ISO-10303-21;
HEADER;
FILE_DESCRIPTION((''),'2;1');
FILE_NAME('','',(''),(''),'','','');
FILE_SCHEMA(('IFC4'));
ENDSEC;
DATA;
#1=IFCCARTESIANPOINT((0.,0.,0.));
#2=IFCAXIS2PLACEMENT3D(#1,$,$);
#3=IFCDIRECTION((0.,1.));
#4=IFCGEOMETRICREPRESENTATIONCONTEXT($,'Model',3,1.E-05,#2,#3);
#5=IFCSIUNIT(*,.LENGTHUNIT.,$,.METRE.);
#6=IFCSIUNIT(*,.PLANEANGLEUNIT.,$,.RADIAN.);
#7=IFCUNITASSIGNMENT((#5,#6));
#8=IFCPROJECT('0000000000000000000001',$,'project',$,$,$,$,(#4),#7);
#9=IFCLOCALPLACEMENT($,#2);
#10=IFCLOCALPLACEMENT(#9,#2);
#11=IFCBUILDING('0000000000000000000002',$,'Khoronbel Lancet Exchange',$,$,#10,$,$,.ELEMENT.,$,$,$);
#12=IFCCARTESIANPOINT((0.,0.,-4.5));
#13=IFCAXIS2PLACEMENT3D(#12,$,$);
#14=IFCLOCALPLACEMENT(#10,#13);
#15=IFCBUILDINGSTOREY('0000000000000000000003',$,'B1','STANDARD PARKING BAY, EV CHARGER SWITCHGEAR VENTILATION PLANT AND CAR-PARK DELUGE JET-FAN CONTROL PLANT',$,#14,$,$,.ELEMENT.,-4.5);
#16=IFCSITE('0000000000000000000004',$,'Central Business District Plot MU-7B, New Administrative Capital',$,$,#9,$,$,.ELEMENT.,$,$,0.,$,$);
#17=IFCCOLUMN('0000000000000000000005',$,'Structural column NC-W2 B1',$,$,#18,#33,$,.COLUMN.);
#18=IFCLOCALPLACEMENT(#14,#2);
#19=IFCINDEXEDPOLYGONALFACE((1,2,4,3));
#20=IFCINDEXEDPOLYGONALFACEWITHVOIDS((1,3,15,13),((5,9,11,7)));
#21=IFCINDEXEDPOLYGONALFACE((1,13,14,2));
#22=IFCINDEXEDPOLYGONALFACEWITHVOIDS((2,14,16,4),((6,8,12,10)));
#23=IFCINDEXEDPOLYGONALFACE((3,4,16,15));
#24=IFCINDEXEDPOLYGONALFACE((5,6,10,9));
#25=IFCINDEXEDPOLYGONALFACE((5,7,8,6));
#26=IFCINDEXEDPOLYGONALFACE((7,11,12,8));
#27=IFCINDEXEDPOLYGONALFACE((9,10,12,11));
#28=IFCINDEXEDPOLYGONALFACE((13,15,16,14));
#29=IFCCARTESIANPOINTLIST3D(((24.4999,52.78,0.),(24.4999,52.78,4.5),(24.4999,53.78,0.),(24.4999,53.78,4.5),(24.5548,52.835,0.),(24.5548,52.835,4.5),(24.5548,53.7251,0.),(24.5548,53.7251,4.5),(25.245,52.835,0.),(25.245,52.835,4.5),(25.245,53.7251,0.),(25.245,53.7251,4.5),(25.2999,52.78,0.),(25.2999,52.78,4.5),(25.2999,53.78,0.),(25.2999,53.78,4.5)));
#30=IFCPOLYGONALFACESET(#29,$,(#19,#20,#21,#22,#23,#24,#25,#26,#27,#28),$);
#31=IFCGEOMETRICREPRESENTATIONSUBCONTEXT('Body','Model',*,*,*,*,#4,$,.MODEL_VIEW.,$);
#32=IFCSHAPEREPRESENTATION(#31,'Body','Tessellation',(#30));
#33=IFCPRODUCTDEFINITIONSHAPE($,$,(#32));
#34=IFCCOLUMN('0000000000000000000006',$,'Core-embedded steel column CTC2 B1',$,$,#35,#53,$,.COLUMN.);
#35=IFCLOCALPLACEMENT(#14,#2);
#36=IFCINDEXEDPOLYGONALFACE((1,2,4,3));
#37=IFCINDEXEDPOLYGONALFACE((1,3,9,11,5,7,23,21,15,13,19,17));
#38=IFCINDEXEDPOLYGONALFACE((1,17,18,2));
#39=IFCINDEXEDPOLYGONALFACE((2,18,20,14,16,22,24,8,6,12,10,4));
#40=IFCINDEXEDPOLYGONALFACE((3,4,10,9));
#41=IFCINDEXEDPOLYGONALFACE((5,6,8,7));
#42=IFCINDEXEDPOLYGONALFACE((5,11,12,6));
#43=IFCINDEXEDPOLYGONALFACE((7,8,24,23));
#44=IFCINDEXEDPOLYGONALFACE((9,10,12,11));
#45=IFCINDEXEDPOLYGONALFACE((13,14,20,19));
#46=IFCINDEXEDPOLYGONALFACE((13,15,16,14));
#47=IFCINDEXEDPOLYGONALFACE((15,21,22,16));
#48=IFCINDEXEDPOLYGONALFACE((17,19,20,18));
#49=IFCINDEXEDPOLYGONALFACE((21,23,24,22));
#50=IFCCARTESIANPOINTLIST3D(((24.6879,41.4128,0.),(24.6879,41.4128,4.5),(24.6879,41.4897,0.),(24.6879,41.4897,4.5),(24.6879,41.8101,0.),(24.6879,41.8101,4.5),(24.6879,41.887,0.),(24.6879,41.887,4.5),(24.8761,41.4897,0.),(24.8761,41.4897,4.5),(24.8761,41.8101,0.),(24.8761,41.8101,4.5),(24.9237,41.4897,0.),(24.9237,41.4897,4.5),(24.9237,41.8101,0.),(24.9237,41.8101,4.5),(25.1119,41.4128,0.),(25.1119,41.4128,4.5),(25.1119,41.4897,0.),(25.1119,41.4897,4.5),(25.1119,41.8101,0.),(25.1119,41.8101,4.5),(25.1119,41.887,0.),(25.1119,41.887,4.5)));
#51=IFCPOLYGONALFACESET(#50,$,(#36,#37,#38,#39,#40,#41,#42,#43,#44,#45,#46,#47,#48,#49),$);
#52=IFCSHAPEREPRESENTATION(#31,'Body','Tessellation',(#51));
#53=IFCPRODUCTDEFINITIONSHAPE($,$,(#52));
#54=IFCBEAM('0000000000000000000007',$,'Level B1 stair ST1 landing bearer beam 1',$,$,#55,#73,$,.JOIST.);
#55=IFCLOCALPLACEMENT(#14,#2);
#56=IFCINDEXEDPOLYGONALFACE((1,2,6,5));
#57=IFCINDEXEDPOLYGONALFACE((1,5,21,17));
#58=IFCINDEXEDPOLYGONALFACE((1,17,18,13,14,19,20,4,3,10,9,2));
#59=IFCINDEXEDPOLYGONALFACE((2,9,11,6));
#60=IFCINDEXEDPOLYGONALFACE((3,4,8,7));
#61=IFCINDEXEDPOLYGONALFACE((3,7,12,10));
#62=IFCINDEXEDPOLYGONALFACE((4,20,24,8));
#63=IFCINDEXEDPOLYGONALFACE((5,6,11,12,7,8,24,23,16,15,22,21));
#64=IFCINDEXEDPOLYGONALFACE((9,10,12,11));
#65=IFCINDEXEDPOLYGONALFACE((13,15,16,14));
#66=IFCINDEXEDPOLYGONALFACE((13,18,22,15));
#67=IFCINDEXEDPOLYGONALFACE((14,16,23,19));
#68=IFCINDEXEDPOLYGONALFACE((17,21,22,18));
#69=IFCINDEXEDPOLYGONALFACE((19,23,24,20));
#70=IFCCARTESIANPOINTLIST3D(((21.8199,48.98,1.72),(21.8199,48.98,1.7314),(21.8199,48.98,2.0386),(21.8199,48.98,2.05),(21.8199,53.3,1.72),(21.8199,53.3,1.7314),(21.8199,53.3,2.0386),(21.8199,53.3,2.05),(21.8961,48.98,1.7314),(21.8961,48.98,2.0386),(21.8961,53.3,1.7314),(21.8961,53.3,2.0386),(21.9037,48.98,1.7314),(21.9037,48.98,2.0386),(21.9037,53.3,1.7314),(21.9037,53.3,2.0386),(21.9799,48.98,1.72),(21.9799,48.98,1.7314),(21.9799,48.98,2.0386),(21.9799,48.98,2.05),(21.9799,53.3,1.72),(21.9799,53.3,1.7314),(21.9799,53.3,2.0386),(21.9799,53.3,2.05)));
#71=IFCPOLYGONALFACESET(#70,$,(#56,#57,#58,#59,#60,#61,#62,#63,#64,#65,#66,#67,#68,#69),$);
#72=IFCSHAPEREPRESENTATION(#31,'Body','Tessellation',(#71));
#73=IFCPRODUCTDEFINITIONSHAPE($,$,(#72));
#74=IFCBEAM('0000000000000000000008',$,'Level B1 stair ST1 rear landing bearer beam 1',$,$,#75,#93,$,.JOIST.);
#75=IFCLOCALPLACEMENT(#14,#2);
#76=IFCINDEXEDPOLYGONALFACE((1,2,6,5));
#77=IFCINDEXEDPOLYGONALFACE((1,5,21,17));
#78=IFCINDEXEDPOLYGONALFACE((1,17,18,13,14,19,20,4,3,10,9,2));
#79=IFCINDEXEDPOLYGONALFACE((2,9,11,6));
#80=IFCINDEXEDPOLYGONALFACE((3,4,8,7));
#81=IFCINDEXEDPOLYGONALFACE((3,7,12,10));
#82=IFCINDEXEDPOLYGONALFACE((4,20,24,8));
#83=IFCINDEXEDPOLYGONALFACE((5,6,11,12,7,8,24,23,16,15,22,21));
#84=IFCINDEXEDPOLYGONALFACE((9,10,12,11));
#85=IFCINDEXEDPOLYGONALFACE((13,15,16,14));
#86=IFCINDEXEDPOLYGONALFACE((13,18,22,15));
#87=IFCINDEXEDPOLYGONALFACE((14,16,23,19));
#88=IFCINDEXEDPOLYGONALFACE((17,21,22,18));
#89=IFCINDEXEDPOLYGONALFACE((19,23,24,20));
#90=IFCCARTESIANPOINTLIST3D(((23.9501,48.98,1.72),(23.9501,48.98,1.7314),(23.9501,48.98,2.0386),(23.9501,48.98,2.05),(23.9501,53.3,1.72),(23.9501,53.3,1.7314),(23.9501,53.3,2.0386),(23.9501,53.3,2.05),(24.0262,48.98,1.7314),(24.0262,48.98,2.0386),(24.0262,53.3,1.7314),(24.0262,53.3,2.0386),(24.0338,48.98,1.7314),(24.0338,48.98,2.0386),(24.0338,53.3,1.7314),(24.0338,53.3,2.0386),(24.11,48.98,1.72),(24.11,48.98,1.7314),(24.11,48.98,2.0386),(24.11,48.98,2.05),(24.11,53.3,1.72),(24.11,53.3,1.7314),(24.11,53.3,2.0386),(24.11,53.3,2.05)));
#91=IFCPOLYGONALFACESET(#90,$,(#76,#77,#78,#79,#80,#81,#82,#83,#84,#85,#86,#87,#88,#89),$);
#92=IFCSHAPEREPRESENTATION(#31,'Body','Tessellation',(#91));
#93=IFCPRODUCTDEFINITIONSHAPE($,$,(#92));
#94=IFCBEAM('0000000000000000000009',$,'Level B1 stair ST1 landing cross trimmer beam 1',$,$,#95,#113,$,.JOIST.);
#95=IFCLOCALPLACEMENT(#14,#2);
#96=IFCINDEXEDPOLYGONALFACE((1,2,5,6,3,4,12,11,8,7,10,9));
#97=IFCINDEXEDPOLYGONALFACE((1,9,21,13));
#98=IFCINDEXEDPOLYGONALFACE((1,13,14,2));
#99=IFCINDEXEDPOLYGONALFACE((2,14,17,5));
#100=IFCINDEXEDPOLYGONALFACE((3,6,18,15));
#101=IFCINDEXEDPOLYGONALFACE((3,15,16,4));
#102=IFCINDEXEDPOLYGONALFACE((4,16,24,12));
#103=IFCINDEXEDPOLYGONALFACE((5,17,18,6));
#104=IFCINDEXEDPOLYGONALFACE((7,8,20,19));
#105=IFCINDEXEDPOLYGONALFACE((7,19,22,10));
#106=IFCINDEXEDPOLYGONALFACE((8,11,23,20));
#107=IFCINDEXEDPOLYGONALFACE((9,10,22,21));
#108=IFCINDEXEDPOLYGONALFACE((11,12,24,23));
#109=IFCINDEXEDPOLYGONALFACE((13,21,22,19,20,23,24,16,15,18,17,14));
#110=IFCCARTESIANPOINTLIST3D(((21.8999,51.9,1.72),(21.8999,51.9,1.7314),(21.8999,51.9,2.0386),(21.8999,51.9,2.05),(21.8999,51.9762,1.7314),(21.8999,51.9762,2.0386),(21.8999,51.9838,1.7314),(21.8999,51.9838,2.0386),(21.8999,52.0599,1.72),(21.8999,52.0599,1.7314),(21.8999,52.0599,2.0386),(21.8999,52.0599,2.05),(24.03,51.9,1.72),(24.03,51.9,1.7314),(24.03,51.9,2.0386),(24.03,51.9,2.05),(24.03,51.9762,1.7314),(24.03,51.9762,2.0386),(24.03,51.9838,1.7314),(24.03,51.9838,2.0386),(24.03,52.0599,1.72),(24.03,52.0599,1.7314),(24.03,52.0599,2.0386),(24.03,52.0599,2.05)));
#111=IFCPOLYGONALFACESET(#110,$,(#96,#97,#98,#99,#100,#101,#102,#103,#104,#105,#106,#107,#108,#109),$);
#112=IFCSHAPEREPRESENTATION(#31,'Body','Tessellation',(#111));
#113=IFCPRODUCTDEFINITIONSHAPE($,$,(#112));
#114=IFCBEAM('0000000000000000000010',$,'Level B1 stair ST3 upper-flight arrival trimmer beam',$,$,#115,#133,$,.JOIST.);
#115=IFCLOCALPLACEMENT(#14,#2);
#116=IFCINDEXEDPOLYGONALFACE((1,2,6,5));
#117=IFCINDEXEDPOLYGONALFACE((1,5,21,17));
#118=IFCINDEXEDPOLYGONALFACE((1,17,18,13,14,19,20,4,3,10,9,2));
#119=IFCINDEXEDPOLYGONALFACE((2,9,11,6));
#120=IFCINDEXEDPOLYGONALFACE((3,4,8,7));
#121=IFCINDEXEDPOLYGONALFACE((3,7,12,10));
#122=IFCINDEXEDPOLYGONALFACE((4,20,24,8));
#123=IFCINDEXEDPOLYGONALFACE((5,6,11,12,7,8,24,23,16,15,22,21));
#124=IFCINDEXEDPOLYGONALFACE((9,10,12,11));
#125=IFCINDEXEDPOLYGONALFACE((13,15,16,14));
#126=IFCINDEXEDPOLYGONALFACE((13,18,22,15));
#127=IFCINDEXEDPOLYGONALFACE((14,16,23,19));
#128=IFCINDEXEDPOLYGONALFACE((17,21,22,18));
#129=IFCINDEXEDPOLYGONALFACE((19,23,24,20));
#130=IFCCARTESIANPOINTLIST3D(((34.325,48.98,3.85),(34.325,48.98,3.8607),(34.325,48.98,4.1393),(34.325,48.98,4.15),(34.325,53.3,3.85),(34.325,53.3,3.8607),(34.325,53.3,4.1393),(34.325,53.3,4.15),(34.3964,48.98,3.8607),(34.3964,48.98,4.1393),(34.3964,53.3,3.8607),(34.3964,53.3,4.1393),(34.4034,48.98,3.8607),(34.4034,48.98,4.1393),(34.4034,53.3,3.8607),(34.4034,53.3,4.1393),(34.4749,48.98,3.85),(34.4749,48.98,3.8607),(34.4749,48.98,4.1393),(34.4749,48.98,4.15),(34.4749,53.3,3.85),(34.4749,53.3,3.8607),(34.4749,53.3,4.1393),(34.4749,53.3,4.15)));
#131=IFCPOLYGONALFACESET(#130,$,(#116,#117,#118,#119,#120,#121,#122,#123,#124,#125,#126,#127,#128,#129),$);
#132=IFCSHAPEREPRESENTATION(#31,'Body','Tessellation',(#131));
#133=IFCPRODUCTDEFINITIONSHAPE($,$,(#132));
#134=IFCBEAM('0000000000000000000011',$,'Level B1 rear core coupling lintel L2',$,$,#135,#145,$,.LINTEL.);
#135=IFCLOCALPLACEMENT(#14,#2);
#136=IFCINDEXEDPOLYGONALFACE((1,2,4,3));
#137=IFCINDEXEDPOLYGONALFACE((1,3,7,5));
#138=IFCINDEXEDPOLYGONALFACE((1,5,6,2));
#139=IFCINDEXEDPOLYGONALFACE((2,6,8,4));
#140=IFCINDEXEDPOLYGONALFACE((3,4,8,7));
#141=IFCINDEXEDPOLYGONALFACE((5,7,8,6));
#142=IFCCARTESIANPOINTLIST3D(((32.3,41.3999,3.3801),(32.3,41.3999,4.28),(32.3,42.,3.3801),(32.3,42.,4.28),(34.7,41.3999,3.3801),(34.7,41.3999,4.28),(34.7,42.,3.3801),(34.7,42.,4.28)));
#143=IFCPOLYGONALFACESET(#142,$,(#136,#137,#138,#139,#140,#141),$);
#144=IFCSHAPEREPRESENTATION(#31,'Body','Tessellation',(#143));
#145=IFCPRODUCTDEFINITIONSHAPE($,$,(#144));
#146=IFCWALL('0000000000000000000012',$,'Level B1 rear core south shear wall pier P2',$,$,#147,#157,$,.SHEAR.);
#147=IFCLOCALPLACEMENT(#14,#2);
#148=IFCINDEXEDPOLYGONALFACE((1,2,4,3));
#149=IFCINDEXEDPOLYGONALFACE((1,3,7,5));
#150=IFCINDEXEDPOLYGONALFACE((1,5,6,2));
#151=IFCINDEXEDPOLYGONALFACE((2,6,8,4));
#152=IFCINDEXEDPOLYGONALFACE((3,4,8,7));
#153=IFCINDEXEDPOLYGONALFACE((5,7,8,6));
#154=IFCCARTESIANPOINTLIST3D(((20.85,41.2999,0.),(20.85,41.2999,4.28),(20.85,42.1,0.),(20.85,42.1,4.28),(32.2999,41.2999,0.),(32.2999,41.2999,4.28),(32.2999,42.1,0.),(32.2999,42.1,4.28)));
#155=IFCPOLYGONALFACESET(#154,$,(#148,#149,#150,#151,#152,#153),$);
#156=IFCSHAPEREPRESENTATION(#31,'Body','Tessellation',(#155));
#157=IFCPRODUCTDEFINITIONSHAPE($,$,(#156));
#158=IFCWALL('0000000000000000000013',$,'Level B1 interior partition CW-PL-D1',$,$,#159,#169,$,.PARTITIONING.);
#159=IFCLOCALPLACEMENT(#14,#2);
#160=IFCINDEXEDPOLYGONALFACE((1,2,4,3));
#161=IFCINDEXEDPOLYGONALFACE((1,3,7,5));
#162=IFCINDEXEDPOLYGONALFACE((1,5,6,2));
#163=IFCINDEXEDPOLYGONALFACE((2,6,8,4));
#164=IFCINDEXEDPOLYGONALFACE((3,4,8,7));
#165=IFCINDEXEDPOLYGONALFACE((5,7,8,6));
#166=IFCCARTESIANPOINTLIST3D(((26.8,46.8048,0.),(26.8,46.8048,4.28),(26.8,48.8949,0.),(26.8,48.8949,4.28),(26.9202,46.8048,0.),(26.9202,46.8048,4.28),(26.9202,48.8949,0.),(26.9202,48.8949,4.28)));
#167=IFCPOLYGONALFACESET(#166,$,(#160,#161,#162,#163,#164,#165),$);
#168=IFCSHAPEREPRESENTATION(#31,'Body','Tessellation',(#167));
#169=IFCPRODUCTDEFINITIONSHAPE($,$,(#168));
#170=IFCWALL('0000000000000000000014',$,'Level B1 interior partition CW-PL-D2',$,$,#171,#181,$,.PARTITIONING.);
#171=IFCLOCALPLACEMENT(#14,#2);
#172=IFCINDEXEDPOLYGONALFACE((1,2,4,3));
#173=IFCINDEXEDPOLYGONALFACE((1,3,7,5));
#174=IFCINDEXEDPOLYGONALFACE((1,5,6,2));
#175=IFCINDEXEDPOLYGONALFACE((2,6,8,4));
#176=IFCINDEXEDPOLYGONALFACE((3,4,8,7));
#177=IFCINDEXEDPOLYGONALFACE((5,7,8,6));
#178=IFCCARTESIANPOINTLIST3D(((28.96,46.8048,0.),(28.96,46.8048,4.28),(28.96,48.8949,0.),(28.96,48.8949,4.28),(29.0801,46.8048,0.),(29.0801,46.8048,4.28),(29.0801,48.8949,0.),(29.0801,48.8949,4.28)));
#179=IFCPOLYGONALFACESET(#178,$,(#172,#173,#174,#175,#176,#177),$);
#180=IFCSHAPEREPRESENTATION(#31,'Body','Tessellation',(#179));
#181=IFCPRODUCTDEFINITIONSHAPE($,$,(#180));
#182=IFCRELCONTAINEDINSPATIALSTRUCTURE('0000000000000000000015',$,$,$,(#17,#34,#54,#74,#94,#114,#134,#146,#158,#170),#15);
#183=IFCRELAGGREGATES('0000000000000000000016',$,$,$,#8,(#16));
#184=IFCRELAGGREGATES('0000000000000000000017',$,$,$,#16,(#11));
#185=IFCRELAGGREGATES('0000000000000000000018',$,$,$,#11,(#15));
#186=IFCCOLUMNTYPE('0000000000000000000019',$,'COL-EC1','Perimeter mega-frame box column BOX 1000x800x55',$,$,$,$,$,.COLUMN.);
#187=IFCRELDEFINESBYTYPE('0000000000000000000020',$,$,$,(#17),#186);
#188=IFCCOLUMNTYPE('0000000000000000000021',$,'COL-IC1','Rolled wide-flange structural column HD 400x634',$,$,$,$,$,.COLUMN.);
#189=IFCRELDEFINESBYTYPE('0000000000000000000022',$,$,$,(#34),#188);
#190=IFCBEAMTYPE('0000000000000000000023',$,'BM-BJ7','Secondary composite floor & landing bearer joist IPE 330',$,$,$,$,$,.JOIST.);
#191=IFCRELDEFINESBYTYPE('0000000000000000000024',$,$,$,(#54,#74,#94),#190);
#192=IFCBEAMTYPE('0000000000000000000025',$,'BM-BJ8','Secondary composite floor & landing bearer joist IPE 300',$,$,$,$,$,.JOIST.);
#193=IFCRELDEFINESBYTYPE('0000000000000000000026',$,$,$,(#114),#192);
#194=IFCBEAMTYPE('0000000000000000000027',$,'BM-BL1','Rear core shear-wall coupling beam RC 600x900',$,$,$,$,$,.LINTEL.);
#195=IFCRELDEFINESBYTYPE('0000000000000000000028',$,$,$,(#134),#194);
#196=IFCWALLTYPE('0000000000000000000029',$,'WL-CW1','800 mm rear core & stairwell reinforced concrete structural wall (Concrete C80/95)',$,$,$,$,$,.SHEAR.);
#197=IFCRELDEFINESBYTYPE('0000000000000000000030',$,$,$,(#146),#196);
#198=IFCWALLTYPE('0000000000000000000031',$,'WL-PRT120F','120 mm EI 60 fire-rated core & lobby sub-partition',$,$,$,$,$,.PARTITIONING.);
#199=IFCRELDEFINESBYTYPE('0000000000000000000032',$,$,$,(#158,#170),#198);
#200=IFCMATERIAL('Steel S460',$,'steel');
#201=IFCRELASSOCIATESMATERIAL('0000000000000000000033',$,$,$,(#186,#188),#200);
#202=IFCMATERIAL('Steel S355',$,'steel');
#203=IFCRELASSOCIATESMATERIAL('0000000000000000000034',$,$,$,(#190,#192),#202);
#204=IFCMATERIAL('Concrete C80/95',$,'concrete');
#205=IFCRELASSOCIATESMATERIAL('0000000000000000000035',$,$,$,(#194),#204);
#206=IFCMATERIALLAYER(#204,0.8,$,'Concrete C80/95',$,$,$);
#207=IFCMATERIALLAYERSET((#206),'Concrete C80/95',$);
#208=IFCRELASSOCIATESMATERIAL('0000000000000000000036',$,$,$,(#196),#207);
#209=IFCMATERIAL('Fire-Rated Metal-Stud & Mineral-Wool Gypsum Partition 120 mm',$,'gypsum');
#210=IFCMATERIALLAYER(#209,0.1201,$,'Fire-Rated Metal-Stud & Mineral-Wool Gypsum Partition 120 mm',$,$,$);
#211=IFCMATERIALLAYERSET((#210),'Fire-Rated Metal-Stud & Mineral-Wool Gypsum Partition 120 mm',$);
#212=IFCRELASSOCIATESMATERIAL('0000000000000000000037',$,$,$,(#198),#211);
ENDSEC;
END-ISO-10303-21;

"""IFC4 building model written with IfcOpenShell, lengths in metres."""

from ifc_helpers import new_model, si_unit, direction, frame, frame_2d, origin, origin_2d, place, context, subcontext, project, spatial, rectangle, hollow_rectangle, i_section, extrude, material, layer, layer_set, material_profile, profile_set, type_object, element, save


model = new_model("IFC4")

# Units and contexts
model_context = context("Model", 3, precision=1e-05, world=origin(), true_north=direction((0.0, 1.0)))
body_context = subcontext(model_context, "Body", "Model", "MODEL_VIEW")
ifc_project = project(units=[si_unit("LENGTHUNIT", "METRE"), si_unit("PLANEANGLEUNIT", "RADIAN")], contexts=[model_context])

# Site, building, storey
site_placement = place(None, origin())
site = spatial("IfcSite", under=ifc_project, at=site_placement, Name="Central Business District Plot MU-7B, New Administrative Capital", CompositionType="ELEMENT", RefElevation=0.0)
building_placement = place(site_placement, origin())
building = spatial("IfcBuilding", under=site, at=building_placement, Name="Khoronbel Lancet Exchange", CompositionType="ELEMENT")
storey_placement = place(building_placement, frame((0.0, 0.0, -4.5)))
storey = spatial("IfcBuildingStorey", under=building, at=storey_placement, Name="B1", Description="STANDARD PARKING BAY, EV CHARGER SWITCHGEAR VENTILATION PLANT AND CAR-PARK DELUGE JET-FAN CONTROL PLANT", CompositionType="ELEMENT", Elevation=-4.5)

# Columns
ifc_material_1 = material(Name="Steel S460", Category="steel")
ifc_material_profile_1 = material_profile(ifc_material_1, hollow_rectangle(XDim=0.8, YDim=1.0, WallThickness=0.0549, at=origin_2d()), Name="BOX 1000x800x55")
ifc_profile_set_1 = profile_set([ifc_material_profile_1], Name="Steel S460")
column_type_1 = type_object("IfcColumnType", Name="COL-EC1", Description="Perimeter mega-frame box column BOX 1000x800x55", PredefinedType="COLUMN", material=ifc_profile_set_1)
column_1_placement = place(storey_placement, frame((24.8999, 53.28, 0.0), z_axis=(0.0, 0.0, 1.0), x_axis=(1.0, 0.0, 0.0)))
element("IfcColumn", 1, at=column_1_placement, inside=storey, type_object=column_type_1, Name="Structural column NC-W2 B1", PredefinedType="COLUMN", context=body_context, shape_type="SweptSolid", body=[
    extrude(hollow_rectangle(XDim=0.8, YDim=1.0, WallThickness=0.0549, at=origin_2d()), origin(), (0.0, 0.0, 1.0), 4.5),
])
ifc_material_profile_2 = material_profile(ifc_material_1, i_section(OverallWidth=0.4241, OverallDepth=0.4741, WebThickness=0.0476, FlangeThickness=0.0769, at=origin_2d()), Name="HD 400x634")
ifc_profile_set_2 = profile_set([ifc_material_profile_2], Name="Steel S460")
column_type_2 = type_object("IfcColumnType", Name="COL-IC1", Description="Rolled wide-flange structural column HD 400x634", PredefinedType="COLUMN", material=ifc_profile_set_2)
column_2_placement = place(storey_placement, frame((24.8999, 41.6499, 0.0), z_axis=(0.0, 0.0, 1.0), x_axis=(1.0, 0.0, 0.0)))
element("IfcColumn", 2, at=column_2_placement, inside=storey, type_object=column_type_2, Name="Core-embedded steel column CTC2 B1", PredefinedType="COLUMN", context=body_context, shape_type="SweptSolid", body=[
    extrude(i_section(OverallWidth=0.4241, OverallDepth=0.4741, WebThickness=0.0476, FlangeThickness=0.0769, at=origin_2d()), origin(), (0.0, 0.0, 1.0), 4.5),
])

# Beams
ifc_material_2 = material(Name="Steel S355", Category="steel")
ifc_material_profile_3 = material_profile(ifc_material_2, i_section(OverallWidth=0.1599, OverallDepth=0.3301, WebThickness=0.0076, FlangeThickness=0.0115, at=origin_2d()), Name="IPE 330")
ifc_profile_set_3 = profile_set([ifc_material_profile_3], Name="Steel S355")
beam_type_1 = type_object("IfcBeamType", Name="BM-BJ7", Description="Secondary composite floor & landing bearer joist IPE 330", PredefinedType="JOIST", material=ifc_profile_set_3)
for number, where, z_axis, x_axis, name in (
    (3, (21.8999, 48.98, 1.885), (0.0, 1.0, 0.0), (-1.0, 0.0, 0.0), "Level B1 stair ST1 landing bearer beam 1"),
    (4, (24.03, 48.98, 1.885), (0.0, 1.0, 0.0), (-1.0, 0.0, 0.0), "Level B1 stair ST1 rear landing bearer beam 1"),
):
    element("IfcBeam", number, at=place(storey_placement, frame(where, z_axis=z_axis, x_axis=x_axis)), inside=storey, type_object=beam_type_1, Name=name, PredefinedType="JOIST", context=body_context, shape_type="SweptSolid", body=[
        extrude(i_section(OverallWidth=0.1599, OverallDepth=0.3301, WebThickness=0.0076, FlangeThickness=0.0115, at=origin_2d()), origin(), (0.0, 0.0, 1.0), 4.3201),
    ])
beam_1_placement = place(storey_placement, frame((21.8999, 51.98, 1.885), z_axis=(1.0, 0.0, 0.0), x_axis=(0.0, 1.0, 0.0)))
element("IfcBeam", 5, at=beam_1_placement, inside=storey, type_object=beam_type_1, Name="Level B1 stair ST1 landing cross trimmer beam 1", PredefinedType="JOIST", context=body_context, shape_type="SweptSolid", body=[
    extrude(i_section(OverallWidth=0.1599, OverallDepth=0.3301, WebThickness=0.0076, FlangeThickness=0.0115, at=origin_2d()), origin(), (0.0, 0.0, 1.0), 2.1301),
])
ifc_material_profile_4 = material_profile(ifc_material_2, i_section(OverallWidth=0.1499, OverallDepth=0.3, WebThickness=0.0071, FlangeThickness=0.0107, at=origin_2d()), Name="IPE 300")
ifc_profile_set_4 = profile_set([ifc_material_profile_4], Name="Steel S355")
beam_type_2 = type_object("IfcBeamType", Name="BM-BJ8", Description="Secondary composite floor & landing bearer joist IPE 300", PredefinedType="JOIST", material=ifc_profile_set_4)
beam_2_placement = place(storey_placement, frame((34.3999, 48.98, 4.0), z_axis=(0.0, 1.0, 0.0), x_axis=(-1.0, 0.0, 0.0)))
element("IfcBeam", 6, at=beam_2_placement, inside=storey, type_object=beam_type_2, Name="Level B1 stair ST3 upper-flight arrival trimmer beam", PredefinedType="JOIST", context=body_context, shape_type="SweptSolid", body=[
    extrude(i_section(OverallWidth=0.1499, OverallDepth=0.3, WebThickness=0.0071, FlangeThickness=0.0107, at=origin_2d()), origin(), (0.0, 0.0, 1.0), 4.3201),
])
ifc_material_3 = material(Name="Concrete C80/95", Category="concrete")
ifc_material_profile_5 = material_profile(ifc_material_3, rectangle(XDim=0.6001, YDim=0.8999, at=origin_2d()), Name="RC 600x900")
ifc_profile_set_5 = profile_set([ifc_material_profile_5], Name="Concrete C80/95")
beam_type_3 = type_object("IfcBeamType", Name="BM-BL1", Description="Rear core shear-wall coupling beam RC 600x900", PredefinedType="LINTEL", material=ifc_profile_set_5)
beam_3_placement = place(storey_placement, frame((32.3, 41.7, 3.8301), z_axis=(1.0, 0.0, 0.0), x_axis=(0.0, 1.0, 0.0)))
element("IfcBeam", 7, at=beam_3_placement, inside=storey, type_object=beam_type_3, Name="Level B1 rear core coupling lintel L2", PredefinedType="LINTEL", context=body_context, shape_type="SweptSolid", body=[
    extrude(rectangle(XDim=0.6001, YDim=0.8999, at=origin_2d()), origin(), (0.0, 0.0, 1.0), 2.3999),
])

# Walls
ifc_layer_1 = layer(ifc_material_3, 0.8, Name="Concrete C80/95")
ifc_layer_set_1 = layer_set([ifc_layer_1], Name="Concrete C80/95")
wall_type_1 = type_object("IfcWallType", Name="WL-CW1", Description="800 mm rear core & stairwell reinforced concrete structural wall (Concrete C80/95)", PredefinedType="SHEAR", material=ifc_layer_set_1)
wall_1_placement = place(storey_placement, frame((32.3, 41.7, 0.0), z_axis=(0.0, 0.0, 1.0), x_axis=(-1.0, 0.0, 0.0)))
element("IfcWall", 8, at=wall_1_placement, inside=storey, type_object=wall_type_1, Name="Level B1 rear core south shear wall pier P2", PredefinedType="SHEAR", context=body_context, shape_type="SweptSolid", body=[
    extrude(rectangle(XDim=11.45, YDim=0.8, at=frame_2d((5.7251, 0.0))), origin(), (0.0, 0.0, 1.0), 4.28),
])
ifc_material_4 = material(Name="Fire-Rated Metal-Stud & Mineral-Wool Gypsum Partition 120 mm", Category="gypsum")
ifc_layer_2 = layer(ifc_material_4, 0.1201, Name="Fire-Rated Metal-Stud & Mineral-Wool Gypsum Partition 120 mm")
ifc_layer_set_2 = layer_set([ifc_layer_2], Name="Fire-Rated Metal-Stud & Mineral-Wool Gypsum Partition 120 mm")
wall_type_2 = type_object("IfcWallType", Name="WL-PRT120F", Description="120 mm EI 60 fire-rated core & lobby sub-partition", PredefinedType="PARTITIONING", material=ifc_layer_set_2)
for number, where, z_axis, x_axis, name in (
    (9, (26.8601, 46.8049, 0.0), (0.0, 0.0, 1.0), (0.0, 1.0, 0.0), "Level B1 interior partition CW-PL-D1"),
    (10, (29.02, 46.8049, 0.0), (0.0, 0.0, 1.0), (0.0, 1.0, 0.0), "Level B1 interior partition CW-PL-D2"),
):
    element("IfcWall", number, at=place(storey_placement, frame(where, z_axis=z_axis, x_axis=x_axis)), inside=storey, type_object=wall_type_2, Name=name, PredefinedType="PARTITIONING", context=body_context, shape_type="SweptSolid", body=[
        extrude(rectangle(XDim=2.0901, YDim=0.1201, at=frame_2d((1.0449, 0.0))), origin(), (0.0, 0.0, 1.0), 4.28),
    ])

save(model, "model.ifc")
